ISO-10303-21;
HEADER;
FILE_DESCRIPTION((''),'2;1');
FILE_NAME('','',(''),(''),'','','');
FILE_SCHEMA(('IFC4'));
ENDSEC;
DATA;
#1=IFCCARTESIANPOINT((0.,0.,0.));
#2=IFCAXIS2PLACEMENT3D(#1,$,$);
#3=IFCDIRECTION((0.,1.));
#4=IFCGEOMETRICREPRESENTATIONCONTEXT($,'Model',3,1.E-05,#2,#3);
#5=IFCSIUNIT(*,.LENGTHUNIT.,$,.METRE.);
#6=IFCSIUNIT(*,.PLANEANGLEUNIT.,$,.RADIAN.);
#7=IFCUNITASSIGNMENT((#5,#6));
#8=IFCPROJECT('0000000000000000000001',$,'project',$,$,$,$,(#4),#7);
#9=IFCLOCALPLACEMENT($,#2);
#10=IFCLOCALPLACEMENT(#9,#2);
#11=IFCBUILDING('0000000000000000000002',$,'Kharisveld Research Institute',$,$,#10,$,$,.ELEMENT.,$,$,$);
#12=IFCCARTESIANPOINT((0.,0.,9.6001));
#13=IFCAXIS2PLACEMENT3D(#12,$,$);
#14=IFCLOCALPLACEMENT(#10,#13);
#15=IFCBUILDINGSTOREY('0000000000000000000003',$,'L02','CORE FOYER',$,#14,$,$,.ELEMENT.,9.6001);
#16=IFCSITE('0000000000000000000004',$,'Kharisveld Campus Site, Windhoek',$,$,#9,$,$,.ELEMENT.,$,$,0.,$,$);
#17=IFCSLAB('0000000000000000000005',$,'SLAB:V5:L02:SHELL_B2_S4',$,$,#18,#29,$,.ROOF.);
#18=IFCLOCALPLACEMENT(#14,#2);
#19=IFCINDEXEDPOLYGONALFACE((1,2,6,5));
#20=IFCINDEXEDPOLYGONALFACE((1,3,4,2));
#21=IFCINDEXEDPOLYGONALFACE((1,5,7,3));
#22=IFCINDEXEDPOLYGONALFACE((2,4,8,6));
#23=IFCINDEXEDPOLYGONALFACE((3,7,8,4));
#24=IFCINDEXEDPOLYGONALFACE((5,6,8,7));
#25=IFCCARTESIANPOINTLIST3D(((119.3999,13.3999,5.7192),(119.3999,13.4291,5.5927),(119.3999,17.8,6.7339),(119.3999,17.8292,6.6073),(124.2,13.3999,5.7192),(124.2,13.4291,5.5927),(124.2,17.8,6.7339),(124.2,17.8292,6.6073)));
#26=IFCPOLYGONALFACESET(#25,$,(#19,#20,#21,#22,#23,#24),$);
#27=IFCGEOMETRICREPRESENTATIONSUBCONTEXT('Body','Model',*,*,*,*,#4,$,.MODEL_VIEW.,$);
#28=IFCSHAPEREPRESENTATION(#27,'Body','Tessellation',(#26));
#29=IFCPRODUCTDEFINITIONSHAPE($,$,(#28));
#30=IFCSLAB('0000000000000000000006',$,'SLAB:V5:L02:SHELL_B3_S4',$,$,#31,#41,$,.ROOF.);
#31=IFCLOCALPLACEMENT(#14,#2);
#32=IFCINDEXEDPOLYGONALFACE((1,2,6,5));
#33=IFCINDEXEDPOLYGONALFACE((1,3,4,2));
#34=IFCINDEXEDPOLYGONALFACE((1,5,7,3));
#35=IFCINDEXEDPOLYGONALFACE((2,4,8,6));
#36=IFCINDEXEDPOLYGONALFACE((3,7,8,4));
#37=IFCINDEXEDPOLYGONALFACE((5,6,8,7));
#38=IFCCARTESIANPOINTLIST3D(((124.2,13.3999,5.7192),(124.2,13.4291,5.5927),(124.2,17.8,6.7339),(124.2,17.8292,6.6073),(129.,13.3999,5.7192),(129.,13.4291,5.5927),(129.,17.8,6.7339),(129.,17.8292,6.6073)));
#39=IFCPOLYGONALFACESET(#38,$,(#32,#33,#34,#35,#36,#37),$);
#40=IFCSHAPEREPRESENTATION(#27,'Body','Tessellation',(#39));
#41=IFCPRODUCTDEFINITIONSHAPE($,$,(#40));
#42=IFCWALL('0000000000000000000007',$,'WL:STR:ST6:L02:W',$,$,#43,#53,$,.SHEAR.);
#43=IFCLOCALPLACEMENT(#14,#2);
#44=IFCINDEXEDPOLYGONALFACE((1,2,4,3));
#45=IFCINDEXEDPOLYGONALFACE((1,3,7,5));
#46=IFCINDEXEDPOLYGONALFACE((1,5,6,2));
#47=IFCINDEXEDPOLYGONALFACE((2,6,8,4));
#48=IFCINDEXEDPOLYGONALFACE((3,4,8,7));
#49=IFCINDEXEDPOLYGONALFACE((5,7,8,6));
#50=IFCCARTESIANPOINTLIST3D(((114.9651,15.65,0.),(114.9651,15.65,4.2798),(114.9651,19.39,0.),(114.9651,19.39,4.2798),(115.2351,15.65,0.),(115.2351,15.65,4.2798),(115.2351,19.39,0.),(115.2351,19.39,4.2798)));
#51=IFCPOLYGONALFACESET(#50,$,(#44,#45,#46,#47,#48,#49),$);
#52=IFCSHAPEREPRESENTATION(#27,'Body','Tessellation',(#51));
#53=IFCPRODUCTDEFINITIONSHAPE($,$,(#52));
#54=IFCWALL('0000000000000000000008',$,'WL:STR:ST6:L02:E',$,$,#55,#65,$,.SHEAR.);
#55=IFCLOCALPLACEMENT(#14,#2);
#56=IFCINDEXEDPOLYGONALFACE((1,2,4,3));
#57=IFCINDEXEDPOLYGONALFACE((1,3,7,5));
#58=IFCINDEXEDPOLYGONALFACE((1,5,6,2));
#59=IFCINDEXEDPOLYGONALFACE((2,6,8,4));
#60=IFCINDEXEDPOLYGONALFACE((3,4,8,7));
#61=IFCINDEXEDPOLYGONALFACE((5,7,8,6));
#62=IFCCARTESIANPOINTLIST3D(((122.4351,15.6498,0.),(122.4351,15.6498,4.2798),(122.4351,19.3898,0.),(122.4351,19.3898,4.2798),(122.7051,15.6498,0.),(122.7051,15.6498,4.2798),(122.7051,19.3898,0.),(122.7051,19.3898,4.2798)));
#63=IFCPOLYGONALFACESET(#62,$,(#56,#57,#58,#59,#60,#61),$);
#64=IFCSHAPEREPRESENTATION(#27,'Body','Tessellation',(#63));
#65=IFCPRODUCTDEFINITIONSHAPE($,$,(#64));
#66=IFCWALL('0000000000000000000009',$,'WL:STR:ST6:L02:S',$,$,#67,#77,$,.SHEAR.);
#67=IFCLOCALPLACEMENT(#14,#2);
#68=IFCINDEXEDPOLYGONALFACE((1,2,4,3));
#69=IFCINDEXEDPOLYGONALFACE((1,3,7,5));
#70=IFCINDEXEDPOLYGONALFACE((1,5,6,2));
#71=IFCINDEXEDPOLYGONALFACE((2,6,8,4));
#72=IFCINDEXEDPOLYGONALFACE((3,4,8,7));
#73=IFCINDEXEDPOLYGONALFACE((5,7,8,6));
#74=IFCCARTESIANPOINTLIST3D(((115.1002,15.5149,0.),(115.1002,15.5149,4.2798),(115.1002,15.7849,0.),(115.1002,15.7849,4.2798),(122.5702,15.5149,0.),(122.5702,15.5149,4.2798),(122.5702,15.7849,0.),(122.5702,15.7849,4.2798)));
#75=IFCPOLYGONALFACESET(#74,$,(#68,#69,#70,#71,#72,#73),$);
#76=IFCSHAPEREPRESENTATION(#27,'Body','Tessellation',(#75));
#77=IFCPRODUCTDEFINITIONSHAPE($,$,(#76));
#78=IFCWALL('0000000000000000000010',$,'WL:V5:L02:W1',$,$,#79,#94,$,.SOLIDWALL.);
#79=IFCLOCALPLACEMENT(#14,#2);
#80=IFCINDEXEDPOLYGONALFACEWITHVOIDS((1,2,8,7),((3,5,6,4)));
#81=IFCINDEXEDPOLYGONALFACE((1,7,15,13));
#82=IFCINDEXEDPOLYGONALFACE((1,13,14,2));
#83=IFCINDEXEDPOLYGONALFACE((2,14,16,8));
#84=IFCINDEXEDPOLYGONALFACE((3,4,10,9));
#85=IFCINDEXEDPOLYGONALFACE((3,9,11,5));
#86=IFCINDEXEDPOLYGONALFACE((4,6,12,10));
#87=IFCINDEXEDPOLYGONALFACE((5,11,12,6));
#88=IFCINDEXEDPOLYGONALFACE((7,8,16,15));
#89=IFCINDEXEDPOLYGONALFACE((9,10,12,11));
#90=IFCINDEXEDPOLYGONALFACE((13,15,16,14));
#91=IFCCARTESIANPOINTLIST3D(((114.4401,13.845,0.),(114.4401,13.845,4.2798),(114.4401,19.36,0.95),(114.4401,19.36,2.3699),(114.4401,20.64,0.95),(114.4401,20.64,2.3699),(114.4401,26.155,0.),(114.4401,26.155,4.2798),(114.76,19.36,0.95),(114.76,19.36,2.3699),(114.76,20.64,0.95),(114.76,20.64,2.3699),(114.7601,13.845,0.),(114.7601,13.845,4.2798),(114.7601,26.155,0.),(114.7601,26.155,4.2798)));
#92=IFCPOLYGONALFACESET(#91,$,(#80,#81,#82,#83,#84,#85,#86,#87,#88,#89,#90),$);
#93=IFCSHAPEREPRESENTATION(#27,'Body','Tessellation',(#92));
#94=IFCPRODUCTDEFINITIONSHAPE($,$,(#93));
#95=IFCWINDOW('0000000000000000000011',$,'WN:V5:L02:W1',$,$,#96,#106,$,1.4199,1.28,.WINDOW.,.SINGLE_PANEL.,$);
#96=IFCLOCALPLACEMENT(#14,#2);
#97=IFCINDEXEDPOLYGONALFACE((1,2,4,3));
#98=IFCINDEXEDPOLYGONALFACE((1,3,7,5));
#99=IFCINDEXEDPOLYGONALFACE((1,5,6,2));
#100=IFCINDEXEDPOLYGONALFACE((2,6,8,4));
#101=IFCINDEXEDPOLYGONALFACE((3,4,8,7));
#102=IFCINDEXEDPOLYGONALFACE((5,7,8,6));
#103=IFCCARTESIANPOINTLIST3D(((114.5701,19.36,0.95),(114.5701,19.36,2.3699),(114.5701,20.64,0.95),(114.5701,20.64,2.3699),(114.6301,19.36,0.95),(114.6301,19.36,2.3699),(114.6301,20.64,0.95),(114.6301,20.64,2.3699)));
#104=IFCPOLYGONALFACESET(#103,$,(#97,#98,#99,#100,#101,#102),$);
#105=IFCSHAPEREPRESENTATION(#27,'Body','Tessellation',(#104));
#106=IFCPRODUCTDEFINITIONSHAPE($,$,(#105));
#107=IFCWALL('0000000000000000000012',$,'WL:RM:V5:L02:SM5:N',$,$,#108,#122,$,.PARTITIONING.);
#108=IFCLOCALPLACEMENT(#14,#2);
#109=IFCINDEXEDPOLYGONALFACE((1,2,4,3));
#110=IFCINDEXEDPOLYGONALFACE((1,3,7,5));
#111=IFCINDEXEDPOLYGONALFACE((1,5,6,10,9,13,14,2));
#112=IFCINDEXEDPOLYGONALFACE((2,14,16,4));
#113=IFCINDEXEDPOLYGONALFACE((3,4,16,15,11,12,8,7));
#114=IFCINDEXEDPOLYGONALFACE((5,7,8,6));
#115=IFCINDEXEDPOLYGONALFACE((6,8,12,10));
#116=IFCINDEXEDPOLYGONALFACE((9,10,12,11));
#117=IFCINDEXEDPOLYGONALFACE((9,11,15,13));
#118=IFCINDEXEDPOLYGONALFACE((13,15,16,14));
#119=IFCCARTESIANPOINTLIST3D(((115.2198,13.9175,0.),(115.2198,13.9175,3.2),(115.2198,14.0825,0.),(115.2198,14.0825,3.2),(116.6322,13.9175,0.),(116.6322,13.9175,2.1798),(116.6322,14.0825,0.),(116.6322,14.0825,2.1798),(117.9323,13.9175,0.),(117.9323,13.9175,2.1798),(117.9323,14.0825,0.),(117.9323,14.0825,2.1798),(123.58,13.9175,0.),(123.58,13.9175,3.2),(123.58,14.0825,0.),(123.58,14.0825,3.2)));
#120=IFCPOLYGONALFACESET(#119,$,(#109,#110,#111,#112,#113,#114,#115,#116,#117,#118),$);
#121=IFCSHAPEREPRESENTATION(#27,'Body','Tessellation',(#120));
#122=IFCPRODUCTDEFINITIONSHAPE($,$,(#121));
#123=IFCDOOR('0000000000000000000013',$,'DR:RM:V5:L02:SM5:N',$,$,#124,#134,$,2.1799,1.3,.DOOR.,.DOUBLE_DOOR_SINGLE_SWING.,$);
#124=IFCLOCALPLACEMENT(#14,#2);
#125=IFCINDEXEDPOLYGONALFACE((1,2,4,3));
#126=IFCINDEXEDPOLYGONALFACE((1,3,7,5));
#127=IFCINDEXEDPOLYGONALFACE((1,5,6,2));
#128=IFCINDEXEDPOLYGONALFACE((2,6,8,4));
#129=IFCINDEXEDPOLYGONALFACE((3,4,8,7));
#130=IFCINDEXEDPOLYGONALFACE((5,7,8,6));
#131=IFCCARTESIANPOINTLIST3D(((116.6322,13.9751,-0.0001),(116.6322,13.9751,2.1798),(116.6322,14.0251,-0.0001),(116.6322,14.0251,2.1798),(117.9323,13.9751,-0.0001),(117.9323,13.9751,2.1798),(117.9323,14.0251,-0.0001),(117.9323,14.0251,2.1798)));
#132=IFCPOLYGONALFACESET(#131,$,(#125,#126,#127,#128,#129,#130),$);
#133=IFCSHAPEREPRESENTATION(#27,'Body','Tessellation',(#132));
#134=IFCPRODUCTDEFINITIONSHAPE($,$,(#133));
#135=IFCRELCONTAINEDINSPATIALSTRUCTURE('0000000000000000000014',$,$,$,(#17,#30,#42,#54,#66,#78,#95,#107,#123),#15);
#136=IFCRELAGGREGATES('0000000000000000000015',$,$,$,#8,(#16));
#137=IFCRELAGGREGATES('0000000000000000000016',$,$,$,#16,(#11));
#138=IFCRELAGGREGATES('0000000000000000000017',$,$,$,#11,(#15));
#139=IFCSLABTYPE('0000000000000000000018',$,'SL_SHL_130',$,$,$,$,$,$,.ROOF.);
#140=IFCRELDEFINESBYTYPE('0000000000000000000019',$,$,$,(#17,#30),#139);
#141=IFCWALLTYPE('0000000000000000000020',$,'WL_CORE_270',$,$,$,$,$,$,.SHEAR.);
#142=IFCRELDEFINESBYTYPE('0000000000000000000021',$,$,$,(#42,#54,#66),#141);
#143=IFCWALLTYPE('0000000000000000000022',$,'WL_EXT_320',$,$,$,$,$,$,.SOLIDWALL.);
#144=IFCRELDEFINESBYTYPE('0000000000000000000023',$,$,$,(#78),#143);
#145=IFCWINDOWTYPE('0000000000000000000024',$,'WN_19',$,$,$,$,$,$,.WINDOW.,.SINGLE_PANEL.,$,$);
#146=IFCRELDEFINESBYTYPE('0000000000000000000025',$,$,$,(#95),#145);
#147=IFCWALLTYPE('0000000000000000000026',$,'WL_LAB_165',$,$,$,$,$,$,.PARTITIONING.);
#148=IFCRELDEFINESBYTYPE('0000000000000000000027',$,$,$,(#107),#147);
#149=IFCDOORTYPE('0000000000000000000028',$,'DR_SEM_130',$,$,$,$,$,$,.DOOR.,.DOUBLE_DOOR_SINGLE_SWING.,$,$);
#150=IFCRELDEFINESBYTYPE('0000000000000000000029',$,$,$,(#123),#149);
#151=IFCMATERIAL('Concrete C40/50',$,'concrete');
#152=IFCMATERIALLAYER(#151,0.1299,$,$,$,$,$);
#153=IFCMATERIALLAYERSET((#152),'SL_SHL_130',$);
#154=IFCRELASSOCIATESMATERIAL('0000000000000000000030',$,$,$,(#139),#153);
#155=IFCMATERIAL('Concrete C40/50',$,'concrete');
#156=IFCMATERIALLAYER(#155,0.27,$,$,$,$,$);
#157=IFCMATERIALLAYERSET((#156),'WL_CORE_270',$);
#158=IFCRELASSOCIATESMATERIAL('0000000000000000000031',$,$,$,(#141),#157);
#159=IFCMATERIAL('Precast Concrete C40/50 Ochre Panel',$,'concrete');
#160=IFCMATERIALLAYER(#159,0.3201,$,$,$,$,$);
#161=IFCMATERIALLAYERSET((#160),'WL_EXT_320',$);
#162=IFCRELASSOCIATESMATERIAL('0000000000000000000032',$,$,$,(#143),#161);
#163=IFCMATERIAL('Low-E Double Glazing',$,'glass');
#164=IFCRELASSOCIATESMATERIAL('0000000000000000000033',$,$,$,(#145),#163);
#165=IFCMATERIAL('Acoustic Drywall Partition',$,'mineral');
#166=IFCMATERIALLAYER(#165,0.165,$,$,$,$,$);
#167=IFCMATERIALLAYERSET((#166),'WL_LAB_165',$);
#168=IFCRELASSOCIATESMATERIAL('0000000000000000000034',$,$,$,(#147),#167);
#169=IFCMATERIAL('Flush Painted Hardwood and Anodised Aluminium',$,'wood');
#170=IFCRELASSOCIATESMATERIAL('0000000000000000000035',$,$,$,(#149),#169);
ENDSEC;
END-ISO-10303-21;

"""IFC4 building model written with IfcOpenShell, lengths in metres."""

from ifc_helpers import new_model, si_unit, direction, frame, frame_2d, origin, place, context, subcontext, project, spatial, polyline, rectangle, outline, extrude, material, layer, layer_set, type_object, element, fill, save


model = new_model("IFC4")

# Units and contexts
model_context = context("Model", 3, precision=1e-05, world=origin(), true_north=direction((0.0, 1.0)))
body_context = subcontext(model_context, "Body", "Model", "MODEL_VIEW")
ifc_project = project(units=[si_unit("LENGTHUNIT", "METRE"), si_unit("PLANEANGLEUNIT", "RADIAN")], contexts=[model_context])

# Site, building, storey
site_placement = place(None, origin())
site = spatial("IfcSite", under=ifc_project, at=site_placement, Name="Kharisveld Campus Site, Windhoek", CompositionType="ELEMENT", RefElevation=0.0)
building_placement = place(site_placement, origin())
building = spatial("IfcBuilding", under=site, at=building_placement, Name="Kharisveld Research Institute", CompositionType="ELEMENT")
storey_placement = place(building_placement, frame((0.0, 0.0, 9.6001)))
storey = spatial("IfcBuildingStorey", under=building, at=storey_placement, Name="L02", Description="CORE FOYER", CompositionType="ELEMENT", Elevation=9.6001)

# Slabs
ifc_material_1 = material(Name="Concrete C40/50", Category="concrete")
ifc_layer_1 = layer(ifc_material_1, 0.1299)
ifc_layer_set_1 = layer_set([ifc_layer_1], Name="SL_SHL_130")
slab_type = type_object("IfcSlabType", Name="SL_SHL_130", PredefinedType="ROOF", material=ifc_layer_set_1)
for number, where, z_axis, x_axis, name in (
    (1, (119.3999, 13.3999, 5.7192), (0.0, -0.224698, 0.974429), (1.0, 0.0, 0.0), "SLAB:V5:L02:SHELL_B2_S4"),
    (2, (124.2, 13.3999, 5.7192), (0.0, -0.224698, 0.974429), (1.0, 0.0, 0.0), "SLAB:V5:L02:SHELL_B3_S4"),
):
    element("IfcSlab", number, at=place(storey_placement, frame(where, z_axis=z_axis, x_axis=x_axis)), inside=storey, type_object=slab_type, Name=name, PredefinedType="ROOF", context=body_context, shape_type="SweptSolid", body=[
        extrude(outline(polyline([(0.0, 0.0), (4.8, 0.0), (4.8, 4.5156), (0.0, 4.5156), (0.0, 0.0)])), origin(), (0.0, 0.0, -1.0), 0.1299),
    ])

# Wall
ifc_material_2 = material(Name="Concrete C40/50", Category="concrete")
ifc_layer_2 = layer(ifc_material_2, 0.27)
ifc_layer_set_2 = layer_set([ifc_layer_2], Name="WL_CORE_270")
wall_type_1 = type_object("IfcWallType", Name="WL_CORE_270", PredefinedType="SHEAR", material=ifc_layer_set_2)
wall_1_placement = place(storey_placement, frame((115.1001, 15.6499, 0.0), z_axis=(0.0, 0.0, 1.0), x_axis=(0.0, 1.0, 0.0)))
element("IfcWall", 3, at=wall_1_placement, inside=storey, type_object=wall_type_1, Name="WL:STR:ST6:L02:W", PredefinedType="SHEAR", context=body_context, shape_type="SweptSolid", body=[
    extrude(rectangle(XDim=3.74, YDim=0.27, at=frame_2d((1.8701, 0.0))), origin(), (0.0, 0.0, 1.0), 4.2798),
])

# Walls
wall_2_placement = place(storey_placement, frame((122.5701, 19.3899, 0.0), z_axis=(0.0, 0.0, 1.0), x_axis=(0.0, -1.0, 0.0)))
element("IfcWall", 4, at=wall_2_placement, inside=storey, type_object=wall_type_1, Name="WL:STR:ST6:L02:E", PredefinedType="SHEAR", context=body_context, shape_type="SweptSolid", body=[
    extrude(rectangle(XDim=3.74, YDim=0.27, at=frame_2d((1.8701, 0.0))), origin(), (0.0, 0.0, 1.0), 4.2798),
])
wall_3_placement = place(storey_placement, frame((122.5701, 15.6499, 0.0), z_axis=(0.0, 0.0, 1.0), x_axis=(-1.0, 0.0, 0.0)))
element("IfcWall", 5, at=wall_3_placement, inside=storey, type_object=wall_type_1, Name="WL:STR:ST6:L02:S", PredefinedType="SHEAR", context=body_context, shape_type="SweptSolid", body=[
    extrude(rectangle(XDim=7.47, YDim=0.27, at=frame_2d((3.7349, 0.0))), origin(), (0.0, 0.0, 1.0), 4.2798),
])

# Wall, opening, window
ifc_material_3 = material(Name="Precast Concrete C40/50 Ochre Panel", Category="concrete")
ifc_layer_3 = layer(ifc_material_3, 0.3201)
ifc_layer_set_3 = layer_set([ifc_layer_3], Name="WL_EXT_320")
wall_type_2 = type_object("IfcWallType", Name="WL_EXT_320", PredefinedType="SOLIDWALL", material=ifc_layer_set_3)
wall_4_placement = place(storey_placement, frame((114.6001, 13.845, 0.0), z_axis=(0.0, 0.0, 1.0), x_axis=(0.0, 1.0, 0.0)))
wall_4 = element("IfcWall", 6, at=wall_4_placement, inside=storey, type_object=wall_type_2, Name="WL:V5:L02:W1", PredefinedType="SOLIDWALL", context=body_context, shape_type="SweptSolid", body=[
    extrude(rectangle(XDim=12.3101, YDim=0.3201, at=frame_2d((6.155, 0.0))), origin(), (0.0, 0.0, 1.0), 4.2798),
])
opening_1_placement = place(wall_4_placement, frame((5.5149, 0.0, 0.95)))
opening_1 = element("IfcOpeningElement", 7, at=opening_1_placement, cuts=wall_4, PredefinedType="OPENING", context=body_context, shape_type="SweptSolid", body=[
    extrude(rectangle(XDim=1.28, YDim=1.4199, at=frame_2d((0.6401, 0.71))), frame((0.0, 0.1602, 0.0), z_axis=(0.0, -1.0, 0.0), x_axis=(1.0, 0.0, 0.0)), (0.0, 0.0, 1.0), 0.3201),
])
ifc_material_4 = material(Name="Low-E Double Glazing", Category="glass")
window_type = type_object("IfcWindowType", Name="WN_19", PartitioningType="SINGLE_PANEL", PredefinedType="WINDOW", material=ifc_material_4)
window_placement = place(opening_1_placement, origin())
window = element("IfcWindow", 8, at=window_placement, inside=storey, type_object=window_type, Name="WN:V5:L02:W1", OverallHeight=1.4199, OverallWidth=1.28, PartitioningType="SINGLE_PANEL", PredefinedType="WINDOW", context=body_context, shape_type="SweptSolid", body=[
    extrude(rectangle(XDim=1.28, YDim=1.4199, at=frame_2d((0.6401, 0.71))), frame((0.0, 0.03, 0.0), z_axis=(0.0, -1.0, 0.0), x_axis=(1.0, 0.0, 0.0)), (0.0, 0.0, 1.0), 0.0601),
])
fill(opening_1, window)

# Wall, opening, door
ifc_material_5 = material(Name="Acoustic Drywall Partition", Category="mineral")
ifc_layer_4 = layer(ifc_material_5, 0.165)
ifc_layer_set_4 = layer_set([ifc_layer_4], Name="WL_LAB_165")
wall_type_3 = type_object("IfcWallType", Name="WL_LAB_165", PredefinedType="PARTITIONING", material=ifc_layer_set_4)
wall_5_placement = place(storey_placement, frame((123.5801, 14.0, 0.0), z_axis=(0.0, 0.0, 1.0), x_axis=(-1.0, 0.0, 0.0)))
wall_5 = element("IfcWall", 9, at=wall_5_placement, inside=storey, type_object=wall_type_3, Name="WL:RM:V5:L02:SM5:N", PredefinedType="PARTITIONING", context=body_context, shape_type="SweptSolid", body=[
    extrude(rectangle(XDim=8.3601, YDim=0.165, at=frame_2d((4.1802, 0.0))), origin(), (0.0, 0.0, 1.0), 3.2),
])
opening_2_placement = place(wall_5_placement, frame((5.6479, 0.0, 0.0)))
opening_2 = element("IfcOpeningElement", 10, at=opening_2_placement, cuts=wall_5, PredefinedType="OPENING", context=body_context, shape_type="SweptSolid", body=[
    extrude(rectangle(XDim=1.3, YDim=2.1799, at=frame_2d((0.6499, 1.0898))), frame((0.0, 0.0825, 0.0), z_axis=(0.0, -1.0, 0.0), x_axis=(1.0, 0.0, 0.0)), (0.0, 0.0, 1.0), 0.165),
])
ifc_material_6 = material(Name="Flush Painted Hardwood and Anodised Aluminium", Category="wood")
door_type_1 = type_object("IfcDoorType", Name="DR_SEM_130", OperationType="DOUBLE_DOOR_SINGLE_SWING", PredefinedType="DOOR", material=ifc_material_6)
door_1_placement = place(opening_2_placement, origin())
door_1 = element("IfcDoor", 11, at=door_1_placement, inside=storey, type_object=door_type_1, Name="DR:RM:V5:L02:SM5:N", OperationType="DOUBLE_DOOR_SINGLE_SWING", OverallHeight=2.1799, OverallWidth=1.3, PredefinedType="DOOR", context=body_context, shape_type="SweptSolid", body=[
    extrude(rectangle(XDim=1.3, YDim=2.1799, at=frame_2d((0.6499, 1.0898))), frame((0.0, 0.0249, 0.0), z_axis=(0.0, -1.0, 0.0), x_axis=(1.0, 0.0, 0.0)), (0.0, 0.0, 1.0), 0.05),
])
fill(opening_2, door_1)

save(model, "model.ifc")
